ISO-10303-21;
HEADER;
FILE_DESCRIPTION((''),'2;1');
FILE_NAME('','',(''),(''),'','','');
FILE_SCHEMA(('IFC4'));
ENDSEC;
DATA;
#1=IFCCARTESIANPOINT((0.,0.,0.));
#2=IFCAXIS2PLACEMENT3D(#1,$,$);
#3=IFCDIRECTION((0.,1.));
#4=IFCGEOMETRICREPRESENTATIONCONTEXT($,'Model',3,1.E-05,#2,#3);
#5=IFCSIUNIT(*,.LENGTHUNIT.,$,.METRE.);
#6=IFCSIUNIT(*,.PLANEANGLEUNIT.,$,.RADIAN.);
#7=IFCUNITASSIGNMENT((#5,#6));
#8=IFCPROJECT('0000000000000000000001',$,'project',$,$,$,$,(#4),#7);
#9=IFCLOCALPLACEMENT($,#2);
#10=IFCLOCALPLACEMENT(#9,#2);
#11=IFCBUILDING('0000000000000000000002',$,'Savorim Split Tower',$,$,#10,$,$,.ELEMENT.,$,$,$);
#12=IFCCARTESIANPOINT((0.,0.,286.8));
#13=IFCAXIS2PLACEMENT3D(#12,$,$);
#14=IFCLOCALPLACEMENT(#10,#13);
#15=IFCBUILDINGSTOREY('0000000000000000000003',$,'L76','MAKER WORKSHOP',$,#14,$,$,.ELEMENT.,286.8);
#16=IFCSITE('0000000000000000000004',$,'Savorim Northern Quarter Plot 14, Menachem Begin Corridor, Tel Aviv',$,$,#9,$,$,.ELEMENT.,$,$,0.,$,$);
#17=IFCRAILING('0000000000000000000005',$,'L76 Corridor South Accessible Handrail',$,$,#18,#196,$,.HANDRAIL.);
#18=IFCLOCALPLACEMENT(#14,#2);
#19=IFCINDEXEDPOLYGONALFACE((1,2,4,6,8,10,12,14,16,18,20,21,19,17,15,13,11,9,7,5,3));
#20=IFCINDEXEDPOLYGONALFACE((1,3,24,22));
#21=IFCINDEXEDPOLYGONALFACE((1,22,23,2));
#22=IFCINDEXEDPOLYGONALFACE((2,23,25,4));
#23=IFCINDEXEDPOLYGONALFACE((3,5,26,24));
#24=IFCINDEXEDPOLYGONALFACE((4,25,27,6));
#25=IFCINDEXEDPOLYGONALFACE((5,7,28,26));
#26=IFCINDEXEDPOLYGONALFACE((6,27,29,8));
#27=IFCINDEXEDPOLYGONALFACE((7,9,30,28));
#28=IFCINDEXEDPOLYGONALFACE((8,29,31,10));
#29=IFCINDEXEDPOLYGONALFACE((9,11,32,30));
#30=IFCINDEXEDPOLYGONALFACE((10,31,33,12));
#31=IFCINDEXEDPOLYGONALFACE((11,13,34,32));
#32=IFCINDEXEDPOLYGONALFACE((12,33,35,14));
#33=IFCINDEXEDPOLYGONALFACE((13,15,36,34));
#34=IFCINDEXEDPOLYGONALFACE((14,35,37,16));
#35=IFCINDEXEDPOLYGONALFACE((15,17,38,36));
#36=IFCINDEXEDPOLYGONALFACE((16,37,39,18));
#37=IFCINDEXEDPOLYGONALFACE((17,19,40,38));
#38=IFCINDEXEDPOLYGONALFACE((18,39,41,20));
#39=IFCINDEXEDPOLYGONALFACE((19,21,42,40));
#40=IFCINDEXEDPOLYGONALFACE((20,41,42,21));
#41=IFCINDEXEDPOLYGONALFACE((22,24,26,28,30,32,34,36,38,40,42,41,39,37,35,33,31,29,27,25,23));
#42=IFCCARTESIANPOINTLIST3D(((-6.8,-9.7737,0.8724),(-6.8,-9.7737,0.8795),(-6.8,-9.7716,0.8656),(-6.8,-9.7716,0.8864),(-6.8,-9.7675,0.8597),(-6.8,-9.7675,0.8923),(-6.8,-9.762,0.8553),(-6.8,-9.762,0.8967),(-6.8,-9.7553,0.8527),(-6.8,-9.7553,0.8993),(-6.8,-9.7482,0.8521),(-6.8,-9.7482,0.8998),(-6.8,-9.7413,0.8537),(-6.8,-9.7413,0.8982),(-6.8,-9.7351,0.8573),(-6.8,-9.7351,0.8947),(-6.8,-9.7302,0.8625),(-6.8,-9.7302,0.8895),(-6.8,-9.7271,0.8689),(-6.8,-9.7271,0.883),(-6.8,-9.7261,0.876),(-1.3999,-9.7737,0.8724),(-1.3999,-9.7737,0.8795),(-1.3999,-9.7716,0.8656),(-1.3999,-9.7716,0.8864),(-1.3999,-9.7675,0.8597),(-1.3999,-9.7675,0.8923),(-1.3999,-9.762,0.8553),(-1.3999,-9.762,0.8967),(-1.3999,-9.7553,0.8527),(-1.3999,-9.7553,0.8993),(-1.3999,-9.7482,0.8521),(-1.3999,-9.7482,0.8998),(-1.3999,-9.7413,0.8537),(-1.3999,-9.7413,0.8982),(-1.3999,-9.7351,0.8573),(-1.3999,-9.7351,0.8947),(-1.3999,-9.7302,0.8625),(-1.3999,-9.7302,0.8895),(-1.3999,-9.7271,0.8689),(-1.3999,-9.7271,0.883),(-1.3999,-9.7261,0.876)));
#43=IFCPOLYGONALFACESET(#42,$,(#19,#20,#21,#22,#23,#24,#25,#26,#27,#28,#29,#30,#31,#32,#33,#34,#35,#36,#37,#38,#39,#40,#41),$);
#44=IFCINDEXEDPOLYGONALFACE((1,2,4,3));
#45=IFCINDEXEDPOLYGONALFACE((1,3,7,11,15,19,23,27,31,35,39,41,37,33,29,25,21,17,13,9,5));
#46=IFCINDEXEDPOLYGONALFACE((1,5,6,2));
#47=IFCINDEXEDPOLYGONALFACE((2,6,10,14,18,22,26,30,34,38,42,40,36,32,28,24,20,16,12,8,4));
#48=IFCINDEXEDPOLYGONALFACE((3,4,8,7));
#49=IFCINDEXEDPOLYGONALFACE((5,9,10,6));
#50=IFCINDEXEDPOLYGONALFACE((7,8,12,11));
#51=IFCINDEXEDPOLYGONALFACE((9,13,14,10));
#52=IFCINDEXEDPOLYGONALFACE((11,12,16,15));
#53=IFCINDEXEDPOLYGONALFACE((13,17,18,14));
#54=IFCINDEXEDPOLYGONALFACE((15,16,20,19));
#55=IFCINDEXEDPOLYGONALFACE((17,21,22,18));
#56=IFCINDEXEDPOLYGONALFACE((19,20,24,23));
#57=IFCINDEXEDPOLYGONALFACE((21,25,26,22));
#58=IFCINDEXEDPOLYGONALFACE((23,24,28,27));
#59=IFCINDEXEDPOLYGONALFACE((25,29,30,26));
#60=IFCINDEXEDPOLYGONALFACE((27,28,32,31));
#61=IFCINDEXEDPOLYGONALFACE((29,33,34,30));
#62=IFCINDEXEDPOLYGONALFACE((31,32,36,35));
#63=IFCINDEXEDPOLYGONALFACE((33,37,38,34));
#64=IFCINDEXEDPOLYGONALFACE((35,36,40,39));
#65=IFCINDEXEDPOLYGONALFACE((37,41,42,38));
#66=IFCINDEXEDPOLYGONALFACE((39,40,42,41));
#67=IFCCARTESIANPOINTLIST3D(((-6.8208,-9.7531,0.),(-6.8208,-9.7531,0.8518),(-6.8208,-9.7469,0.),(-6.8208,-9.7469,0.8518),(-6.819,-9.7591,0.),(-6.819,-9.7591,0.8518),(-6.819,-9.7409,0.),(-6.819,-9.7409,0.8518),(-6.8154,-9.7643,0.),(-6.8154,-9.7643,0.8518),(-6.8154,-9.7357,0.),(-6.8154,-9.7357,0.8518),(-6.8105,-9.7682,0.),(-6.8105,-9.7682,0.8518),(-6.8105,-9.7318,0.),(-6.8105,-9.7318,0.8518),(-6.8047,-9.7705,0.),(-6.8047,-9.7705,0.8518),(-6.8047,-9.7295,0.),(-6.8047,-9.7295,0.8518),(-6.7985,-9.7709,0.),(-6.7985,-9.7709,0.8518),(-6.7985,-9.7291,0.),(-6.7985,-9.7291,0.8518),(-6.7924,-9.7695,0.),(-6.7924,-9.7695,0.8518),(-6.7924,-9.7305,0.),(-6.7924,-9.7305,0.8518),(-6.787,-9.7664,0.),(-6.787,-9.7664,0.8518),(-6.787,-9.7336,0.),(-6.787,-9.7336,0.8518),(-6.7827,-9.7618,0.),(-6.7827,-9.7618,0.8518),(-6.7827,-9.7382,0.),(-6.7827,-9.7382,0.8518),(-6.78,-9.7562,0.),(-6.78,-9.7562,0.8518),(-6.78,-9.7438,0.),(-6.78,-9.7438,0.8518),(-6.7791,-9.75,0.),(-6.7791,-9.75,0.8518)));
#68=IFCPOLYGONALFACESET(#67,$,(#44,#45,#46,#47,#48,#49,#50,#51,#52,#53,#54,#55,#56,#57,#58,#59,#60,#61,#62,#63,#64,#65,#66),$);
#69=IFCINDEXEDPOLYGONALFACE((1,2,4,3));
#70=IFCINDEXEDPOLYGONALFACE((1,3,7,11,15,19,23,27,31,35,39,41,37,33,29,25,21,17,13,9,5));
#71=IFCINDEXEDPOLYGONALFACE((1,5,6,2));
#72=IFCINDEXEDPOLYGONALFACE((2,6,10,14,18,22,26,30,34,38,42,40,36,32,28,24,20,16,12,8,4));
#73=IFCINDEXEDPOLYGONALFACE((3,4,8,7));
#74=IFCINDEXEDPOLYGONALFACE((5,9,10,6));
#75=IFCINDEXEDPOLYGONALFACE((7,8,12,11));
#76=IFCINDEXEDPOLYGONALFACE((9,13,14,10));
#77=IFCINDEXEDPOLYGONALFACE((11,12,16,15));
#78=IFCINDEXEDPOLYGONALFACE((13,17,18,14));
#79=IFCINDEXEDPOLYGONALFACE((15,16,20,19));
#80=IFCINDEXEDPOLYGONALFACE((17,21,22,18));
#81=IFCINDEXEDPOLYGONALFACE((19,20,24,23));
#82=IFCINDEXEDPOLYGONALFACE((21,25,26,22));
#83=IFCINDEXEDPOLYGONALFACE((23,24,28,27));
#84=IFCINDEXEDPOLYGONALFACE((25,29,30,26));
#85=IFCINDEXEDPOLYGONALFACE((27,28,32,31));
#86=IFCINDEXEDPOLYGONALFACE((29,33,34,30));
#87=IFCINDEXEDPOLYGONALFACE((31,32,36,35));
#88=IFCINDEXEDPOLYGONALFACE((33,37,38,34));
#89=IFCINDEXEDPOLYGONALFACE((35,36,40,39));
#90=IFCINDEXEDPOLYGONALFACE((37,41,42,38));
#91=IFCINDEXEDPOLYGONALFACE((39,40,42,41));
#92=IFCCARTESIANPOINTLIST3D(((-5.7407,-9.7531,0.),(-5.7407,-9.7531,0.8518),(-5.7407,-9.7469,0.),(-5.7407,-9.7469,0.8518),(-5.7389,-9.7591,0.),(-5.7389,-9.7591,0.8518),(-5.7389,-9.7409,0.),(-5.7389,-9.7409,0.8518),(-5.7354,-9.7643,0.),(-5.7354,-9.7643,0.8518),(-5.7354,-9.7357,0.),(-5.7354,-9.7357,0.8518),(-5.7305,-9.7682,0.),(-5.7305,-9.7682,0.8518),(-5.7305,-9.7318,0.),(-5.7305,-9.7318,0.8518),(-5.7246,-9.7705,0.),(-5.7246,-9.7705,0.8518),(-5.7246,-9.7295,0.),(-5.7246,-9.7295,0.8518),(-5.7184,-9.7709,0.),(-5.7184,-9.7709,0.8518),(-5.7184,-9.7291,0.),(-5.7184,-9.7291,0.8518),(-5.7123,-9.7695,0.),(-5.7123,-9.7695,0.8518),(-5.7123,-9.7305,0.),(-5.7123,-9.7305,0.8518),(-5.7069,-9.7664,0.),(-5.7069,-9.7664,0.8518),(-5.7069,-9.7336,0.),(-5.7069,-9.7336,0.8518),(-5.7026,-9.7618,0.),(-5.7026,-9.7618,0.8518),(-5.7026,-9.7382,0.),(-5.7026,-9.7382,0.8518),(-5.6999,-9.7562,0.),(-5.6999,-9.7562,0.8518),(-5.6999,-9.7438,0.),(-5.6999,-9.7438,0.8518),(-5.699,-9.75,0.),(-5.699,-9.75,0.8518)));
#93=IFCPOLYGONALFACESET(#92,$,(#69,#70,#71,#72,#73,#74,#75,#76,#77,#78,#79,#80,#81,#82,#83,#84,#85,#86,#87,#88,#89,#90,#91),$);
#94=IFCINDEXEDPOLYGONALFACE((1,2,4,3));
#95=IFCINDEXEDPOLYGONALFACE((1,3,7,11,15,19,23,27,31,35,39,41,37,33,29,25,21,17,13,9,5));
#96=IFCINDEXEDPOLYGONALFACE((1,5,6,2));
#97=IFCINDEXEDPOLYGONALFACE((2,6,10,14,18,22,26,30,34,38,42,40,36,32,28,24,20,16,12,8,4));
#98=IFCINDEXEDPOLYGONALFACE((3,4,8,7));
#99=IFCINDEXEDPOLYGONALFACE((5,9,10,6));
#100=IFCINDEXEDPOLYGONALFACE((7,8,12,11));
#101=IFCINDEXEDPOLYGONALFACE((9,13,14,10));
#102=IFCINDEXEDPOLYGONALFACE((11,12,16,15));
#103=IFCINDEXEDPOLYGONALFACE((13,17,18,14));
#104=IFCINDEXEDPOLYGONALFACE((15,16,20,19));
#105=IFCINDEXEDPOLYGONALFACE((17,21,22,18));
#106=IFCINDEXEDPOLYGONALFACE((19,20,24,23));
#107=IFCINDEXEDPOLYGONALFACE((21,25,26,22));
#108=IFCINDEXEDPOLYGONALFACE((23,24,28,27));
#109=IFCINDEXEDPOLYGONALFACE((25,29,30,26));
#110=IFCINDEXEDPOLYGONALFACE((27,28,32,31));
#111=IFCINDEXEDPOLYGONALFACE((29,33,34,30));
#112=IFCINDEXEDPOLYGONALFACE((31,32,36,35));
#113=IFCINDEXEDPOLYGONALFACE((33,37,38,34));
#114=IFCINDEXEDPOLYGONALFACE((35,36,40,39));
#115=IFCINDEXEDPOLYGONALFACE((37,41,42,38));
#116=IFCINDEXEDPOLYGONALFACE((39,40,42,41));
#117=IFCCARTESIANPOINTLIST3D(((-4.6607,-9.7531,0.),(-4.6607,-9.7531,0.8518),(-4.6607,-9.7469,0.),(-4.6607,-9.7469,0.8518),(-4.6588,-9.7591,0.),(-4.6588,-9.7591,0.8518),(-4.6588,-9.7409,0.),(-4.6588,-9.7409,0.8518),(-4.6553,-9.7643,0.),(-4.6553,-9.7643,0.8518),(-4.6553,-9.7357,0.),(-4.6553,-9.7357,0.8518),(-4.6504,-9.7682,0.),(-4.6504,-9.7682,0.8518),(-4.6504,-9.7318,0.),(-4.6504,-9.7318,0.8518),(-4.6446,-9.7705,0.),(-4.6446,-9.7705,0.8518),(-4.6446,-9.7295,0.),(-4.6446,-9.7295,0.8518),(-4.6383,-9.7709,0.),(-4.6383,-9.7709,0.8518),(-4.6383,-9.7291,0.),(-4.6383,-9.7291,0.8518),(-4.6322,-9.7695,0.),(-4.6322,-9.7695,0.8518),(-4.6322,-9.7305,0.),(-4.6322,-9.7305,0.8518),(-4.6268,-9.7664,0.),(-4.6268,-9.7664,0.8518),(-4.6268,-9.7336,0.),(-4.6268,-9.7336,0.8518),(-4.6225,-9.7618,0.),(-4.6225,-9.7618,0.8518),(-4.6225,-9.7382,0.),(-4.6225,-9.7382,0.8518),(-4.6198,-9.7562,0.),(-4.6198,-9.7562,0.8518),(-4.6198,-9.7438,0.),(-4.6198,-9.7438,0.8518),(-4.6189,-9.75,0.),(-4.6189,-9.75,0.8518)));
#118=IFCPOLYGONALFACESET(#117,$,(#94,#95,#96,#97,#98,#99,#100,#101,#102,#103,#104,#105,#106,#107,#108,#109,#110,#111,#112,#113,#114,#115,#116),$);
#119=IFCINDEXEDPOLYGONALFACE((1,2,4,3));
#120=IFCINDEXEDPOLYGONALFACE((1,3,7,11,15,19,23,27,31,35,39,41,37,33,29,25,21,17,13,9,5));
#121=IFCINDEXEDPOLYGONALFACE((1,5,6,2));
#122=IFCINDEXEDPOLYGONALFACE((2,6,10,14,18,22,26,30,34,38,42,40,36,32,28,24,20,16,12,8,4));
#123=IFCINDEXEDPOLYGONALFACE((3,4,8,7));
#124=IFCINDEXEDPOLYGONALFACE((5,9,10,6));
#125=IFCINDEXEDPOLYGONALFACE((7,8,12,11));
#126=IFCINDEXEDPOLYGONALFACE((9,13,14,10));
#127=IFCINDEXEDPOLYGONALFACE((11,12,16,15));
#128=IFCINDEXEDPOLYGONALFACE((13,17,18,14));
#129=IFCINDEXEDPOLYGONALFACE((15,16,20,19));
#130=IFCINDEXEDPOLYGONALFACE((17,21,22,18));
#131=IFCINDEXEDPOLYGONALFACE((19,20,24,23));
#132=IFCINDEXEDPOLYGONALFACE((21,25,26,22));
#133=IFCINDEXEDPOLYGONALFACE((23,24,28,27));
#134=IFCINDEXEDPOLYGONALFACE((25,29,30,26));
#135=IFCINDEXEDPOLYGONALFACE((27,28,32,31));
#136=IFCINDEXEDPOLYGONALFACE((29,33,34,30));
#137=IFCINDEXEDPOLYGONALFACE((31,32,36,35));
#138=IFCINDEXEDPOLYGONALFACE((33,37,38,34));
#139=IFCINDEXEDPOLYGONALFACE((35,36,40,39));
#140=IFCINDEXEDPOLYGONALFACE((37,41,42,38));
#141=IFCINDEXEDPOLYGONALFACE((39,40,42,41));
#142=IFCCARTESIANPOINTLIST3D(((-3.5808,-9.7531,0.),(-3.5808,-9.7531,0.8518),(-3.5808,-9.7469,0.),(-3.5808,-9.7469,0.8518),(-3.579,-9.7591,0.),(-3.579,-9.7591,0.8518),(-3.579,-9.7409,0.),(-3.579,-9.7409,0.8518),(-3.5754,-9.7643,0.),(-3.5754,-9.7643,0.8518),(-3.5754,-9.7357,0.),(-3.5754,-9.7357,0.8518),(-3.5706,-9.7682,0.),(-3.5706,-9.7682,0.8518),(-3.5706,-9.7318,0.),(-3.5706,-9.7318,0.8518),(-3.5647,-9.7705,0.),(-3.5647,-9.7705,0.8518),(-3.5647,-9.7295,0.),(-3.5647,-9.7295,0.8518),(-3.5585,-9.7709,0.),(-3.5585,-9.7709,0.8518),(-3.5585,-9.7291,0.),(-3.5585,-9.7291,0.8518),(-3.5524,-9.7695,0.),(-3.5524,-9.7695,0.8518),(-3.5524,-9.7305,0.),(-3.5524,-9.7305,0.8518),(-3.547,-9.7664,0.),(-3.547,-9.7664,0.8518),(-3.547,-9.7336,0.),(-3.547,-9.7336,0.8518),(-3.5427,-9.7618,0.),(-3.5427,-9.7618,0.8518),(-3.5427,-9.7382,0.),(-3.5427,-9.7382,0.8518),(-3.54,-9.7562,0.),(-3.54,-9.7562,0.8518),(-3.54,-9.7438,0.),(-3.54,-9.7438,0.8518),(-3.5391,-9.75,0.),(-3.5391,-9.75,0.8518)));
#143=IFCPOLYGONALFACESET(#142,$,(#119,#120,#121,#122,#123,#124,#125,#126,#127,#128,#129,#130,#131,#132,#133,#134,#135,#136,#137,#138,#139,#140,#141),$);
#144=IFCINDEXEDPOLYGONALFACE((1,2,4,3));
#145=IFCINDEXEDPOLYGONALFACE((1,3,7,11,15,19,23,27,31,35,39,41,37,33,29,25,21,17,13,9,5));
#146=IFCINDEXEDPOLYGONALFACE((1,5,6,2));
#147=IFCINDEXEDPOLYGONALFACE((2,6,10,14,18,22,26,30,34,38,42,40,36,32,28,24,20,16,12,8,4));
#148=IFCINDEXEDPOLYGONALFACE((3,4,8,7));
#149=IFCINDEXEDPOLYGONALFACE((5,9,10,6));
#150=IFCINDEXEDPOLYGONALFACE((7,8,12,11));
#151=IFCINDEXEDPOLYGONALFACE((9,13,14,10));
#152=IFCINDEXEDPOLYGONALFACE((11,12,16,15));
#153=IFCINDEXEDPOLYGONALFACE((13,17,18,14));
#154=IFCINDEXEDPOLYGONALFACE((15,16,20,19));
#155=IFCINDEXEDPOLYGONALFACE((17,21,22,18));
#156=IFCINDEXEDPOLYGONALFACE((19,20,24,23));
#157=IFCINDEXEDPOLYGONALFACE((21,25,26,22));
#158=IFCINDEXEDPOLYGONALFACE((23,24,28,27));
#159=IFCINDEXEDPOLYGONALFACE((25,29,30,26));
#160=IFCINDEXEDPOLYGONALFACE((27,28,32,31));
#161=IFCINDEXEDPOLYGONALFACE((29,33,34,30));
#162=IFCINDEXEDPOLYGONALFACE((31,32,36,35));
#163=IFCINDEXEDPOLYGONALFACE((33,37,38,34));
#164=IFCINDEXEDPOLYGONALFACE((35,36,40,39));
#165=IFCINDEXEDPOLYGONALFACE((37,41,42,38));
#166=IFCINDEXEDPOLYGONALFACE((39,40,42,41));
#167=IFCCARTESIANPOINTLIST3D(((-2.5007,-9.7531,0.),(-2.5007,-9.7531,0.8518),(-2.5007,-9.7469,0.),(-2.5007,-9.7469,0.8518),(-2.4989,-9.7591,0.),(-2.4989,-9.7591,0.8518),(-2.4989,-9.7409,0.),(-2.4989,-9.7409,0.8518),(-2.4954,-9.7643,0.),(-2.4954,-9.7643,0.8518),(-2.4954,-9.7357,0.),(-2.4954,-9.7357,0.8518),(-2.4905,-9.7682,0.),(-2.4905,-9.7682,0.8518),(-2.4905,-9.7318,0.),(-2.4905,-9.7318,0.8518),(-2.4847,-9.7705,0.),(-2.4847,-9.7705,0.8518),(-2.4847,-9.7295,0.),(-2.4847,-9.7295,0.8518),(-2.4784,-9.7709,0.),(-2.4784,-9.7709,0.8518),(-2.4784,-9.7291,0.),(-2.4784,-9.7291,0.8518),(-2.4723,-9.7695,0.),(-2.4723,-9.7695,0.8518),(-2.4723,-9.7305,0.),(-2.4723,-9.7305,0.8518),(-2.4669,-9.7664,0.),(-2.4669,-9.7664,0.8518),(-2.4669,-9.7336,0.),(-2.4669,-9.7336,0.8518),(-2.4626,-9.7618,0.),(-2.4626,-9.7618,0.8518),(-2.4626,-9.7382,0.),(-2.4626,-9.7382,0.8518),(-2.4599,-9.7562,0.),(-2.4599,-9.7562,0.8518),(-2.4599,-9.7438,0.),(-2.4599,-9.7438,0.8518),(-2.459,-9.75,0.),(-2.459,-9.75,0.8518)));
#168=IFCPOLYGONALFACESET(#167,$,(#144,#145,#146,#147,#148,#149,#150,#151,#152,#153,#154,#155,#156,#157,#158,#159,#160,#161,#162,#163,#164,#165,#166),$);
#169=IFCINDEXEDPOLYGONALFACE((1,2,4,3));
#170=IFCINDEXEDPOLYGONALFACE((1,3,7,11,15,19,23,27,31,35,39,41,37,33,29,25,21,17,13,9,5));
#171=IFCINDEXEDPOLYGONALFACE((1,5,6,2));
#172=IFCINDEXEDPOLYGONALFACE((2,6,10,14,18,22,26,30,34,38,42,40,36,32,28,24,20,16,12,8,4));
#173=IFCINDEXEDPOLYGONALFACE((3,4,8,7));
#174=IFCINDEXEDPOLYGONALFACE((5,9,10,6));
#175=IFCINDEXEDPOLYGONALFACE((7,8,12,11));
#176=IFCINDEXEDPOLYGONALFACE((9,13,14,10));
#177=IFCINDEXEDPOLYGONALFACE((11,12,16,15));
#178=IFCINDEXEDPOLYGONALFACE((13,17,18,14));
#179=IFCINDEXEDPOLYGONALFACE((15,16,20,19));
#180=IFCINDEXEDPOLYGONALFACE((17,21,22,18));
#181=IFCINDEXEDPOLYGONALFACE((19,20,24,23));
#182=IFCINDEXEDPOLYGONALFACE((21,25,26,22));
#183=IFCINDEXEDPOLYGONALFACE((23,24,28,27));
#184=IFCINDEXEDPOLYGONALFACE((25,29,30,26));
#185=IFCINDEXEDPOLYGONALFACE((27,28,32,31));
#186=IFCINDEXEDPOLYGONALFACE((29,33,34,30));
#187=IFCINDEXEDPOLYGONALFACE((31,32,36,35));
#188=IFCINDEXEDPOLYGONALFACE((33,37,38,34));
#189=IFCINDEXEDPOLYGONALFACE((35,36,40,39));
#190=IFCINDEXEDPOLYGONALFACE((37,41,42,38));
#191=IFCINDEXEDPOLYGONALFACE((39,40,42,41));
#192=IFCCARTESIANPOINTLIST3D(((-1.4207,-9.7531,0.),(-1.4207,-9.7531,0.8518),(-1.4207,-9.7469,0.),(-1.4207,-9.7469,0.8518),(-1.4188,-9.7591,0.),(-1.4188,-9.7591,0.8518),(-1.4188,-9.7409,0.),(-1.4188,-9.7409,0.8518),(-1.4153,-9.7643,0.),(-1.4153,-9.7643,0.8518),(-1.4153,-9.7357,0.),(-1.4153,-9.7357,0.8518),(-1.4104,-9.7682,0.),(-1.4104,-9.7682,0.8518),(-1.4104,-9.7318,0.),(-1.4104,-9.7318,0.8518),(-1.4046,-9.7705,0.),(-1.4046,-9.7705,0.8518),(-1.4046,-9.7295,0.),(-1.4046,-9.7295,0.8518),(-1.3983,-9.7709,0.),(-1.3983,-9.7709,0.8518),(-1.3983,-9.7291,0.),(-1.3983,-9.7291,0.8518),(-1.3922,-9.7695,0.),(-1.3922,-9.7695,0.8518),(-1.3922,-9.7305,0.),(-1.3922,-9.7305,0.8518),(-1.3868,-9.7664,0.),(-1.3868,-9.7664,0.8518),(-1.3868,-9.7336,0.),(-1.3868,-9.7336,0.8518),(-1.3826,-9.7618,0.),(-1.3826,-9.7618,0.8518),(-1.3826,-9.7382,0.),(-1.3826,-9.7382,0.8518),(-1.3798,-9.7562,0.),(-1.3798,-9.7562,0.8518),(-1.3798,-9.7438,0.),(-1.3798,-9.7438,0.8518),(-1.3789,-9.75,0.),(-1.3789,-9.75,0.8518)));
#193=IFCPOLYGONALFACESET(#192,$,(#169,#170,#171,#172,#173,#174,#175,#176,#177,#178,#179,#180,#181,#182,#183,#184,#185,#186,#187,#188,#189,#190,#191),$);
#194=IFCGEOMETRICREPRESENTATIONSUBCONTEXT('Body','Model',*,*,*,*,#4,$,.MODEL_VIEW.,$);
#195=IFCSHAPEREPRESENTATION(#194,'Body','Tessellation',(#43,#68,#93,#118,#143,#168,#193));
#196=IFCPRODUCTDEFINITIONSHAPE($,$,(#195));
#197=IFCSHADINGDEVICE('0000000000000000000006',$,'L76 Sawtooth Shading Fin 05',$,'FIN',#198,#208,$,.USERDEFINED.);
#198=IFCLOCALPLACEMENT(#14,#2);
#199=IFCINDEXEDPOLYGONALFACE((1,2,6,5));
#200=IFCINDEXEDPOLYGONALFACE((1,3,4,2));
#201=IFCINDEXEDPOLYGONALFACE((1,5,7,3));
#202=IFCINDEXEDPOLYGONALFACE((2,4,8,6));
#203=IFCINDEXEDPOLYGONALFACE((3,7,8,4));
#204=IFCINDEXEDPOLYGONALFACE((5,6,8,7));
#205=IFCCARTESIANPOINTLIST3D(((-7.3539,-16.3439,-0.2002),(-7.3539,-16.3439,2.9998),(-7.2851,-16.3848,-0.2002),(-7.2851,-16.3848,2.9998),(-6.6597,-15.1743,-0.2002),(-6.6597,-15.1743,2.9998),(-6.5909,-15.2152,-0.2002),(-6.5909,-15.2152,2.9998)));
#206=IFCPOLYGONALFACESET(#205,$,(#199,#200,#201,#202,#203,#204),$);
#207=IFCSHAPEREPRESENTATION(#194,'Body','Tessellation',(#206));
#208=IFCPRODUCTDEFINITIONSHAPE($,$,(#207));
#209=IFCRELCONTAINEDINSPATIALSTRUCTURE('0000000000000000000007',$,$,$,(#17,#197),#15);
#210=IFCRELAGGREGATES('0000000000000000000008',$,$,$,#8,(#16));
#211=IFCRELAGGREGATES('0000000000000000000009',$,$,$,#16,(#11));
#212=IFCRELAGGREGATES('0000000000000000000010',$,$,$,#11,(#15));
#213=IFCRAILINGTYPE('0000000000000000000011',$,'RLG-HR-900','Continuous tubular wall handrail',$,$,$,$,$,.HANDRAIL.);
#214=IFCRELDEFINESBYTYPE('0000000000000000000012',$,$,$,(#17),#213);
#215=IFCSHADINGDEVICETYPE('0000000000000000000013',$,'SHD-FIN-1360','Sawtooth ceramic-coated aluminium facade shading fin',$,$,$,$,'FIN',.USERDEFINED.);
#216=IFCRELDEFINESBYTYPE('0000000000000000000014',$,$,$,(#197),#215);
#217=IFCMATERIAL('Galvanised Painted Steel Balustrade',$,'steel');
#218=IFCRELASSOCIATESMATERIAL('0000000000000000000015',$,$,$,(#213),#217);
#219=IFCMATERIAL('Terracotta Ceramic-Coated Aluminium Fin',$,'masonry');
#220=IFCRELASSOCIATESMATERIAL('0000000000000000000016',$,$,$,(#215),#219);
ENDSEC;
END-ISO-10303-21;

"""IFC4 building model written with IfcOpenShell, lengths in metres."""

from ifc_helpers import new_model, si_unit, direction, frame, origin, origin_2d, place, context, subcontext, project, spatial, rectangle, circle, extrude, material, type_object, element, save


model = new_model("IFC4")

# Units and contexts
model_context = context("Model", 3, precision=1e-05, world=origin(), true_north=direction((0.0, 1.0)))
body_context = subcontext(model_context, "Body", "Model", "MODEL_VIEW")
ifc_project = project(units=[si_unit("LENGTHUNIT", "METRE"), si_unit("PLANEANGLEUNIT", "RADIAN")], contexts=[model_context])

# Site, building, storey
site_placement = place(None, origin())
site = spatial("IfcSite", under=ifc_project, at=site_placement, Name="Savorim Northern Quarter Plot 14, Menachem Begin Corridor, Tel Aviv", CompositionType="ELEMENT", RefElevation=0.0)
building_placement = place(site_placement, origin())
building = spatial("IfcBuilding", under=site, at=building_placement, Name="Savorim Split Tower", CompositionType="ELEMENT")
storey_placement = place(building_placement, frame((0.0, 0.0, 286.8)))
storey = spatial("IfcBuildingStorey", under=building, at=storey_placement, Name="L76", Description="MAKER WORKSHOP", CompositionType="ELEMENT", Elevation=286.8)

# Railing
ifc_material_1 = material(Name="Galvanised Painted Steel Balustrade", Category="steel")
railing_type_1 = type_object("IfcRailingType", Name="RLG-HR-900", Description="Continuous tubular wall handrail", PredefinedType="HANDRAIL", material=ifc_material_1)
railing_1_placement = place(storey_placement, frame((-6.8, -9.75, 0.0)))
element("IfcRailing", 1, at=railing_1_placement, inside=storey, type_object=railing_type_1, Name="L76 Corridor South Accessible Handrail", PredefinedType="HANDRAIL", context=body_context, shape_type="SweptSolid", body=[
    extrude(circle(Radius=0.0239, at=origin_2d()), frame((0.0, 0.0, 0.876), z_axis=(1.0, 0.0, 0.0), x_axis=(0.0, 1.0, 0.0)), (0.0, 0.0, 1.0), 5.4001),
    extrude(circle(Radius=0.021, at=origin_2d()), origin(), (0.0, 0.0, 1.0), 0.8518),
    extrude(circle(Radius=0.021, at=origin_2d()), frame((1.0801, 0.0, 0.0)), (0.0, 0.0, 1.0), 0.8518),
    extrude(circle(Radius=0.021, at=origin_2d()), frame((2.1602, 0.0, 0.0)), (0.0, 0.0, 1.0), 0.8518),
    extrude(circle(Radius=0.021, at=origin_2d()), frame((3.24, 0.0, 0.0)), (0.0, 0.0, 1.0), 0.8518),
    extrude(circle(Radius=0.021, at=origin_2d()), frame((4.3201, 0.0, 0.0)), (0.0, 0.0, 1.0), 0.8518),
    extrude(circle(Radius=0.021, at=origin_2d()), frame((5.4001, 0.0, 0.0)), (0.0, 0.0, 1.0), 0.8518),
])

# Shading device
ifc_material_2 = material(Name="Terracotta Ceramic-Coated Aluminium Fin", Category="masonry")
shading_device_type = type_object("IfcShadingDeviceType", Name="SHD-FIN-1360", Description="Sawtooth ceramic-coated aluminium facade shading fin", ElementType="FIN", PredefinedType="USERDEFINED", material=ifc_material_2)
shading_device_placement = place(storey_placement, frame((-6.9724, -15.7795, -0.2002), z_axis=(0.0, 0.0, 1.0), x_axis=(-0.510391, -0.859942, 0.0)))
element("IfcShadingDevice", 2, at=shading_device_placement, inside=storey, type_object=shading_device_type, Name="L76 Sawtooth Shading Fin 05", ObjectType="FIN", PredefinedType="USERDEFINED", context=body_context, shape_type="SweptSolid", body=[
    extrude(rectangle(XDim=1.3601, YDim=0.0801, at=origin_2d()), origin(), (0.0, 0.0, 1.0), 3.2),
])

save(model, "model.ifc")
